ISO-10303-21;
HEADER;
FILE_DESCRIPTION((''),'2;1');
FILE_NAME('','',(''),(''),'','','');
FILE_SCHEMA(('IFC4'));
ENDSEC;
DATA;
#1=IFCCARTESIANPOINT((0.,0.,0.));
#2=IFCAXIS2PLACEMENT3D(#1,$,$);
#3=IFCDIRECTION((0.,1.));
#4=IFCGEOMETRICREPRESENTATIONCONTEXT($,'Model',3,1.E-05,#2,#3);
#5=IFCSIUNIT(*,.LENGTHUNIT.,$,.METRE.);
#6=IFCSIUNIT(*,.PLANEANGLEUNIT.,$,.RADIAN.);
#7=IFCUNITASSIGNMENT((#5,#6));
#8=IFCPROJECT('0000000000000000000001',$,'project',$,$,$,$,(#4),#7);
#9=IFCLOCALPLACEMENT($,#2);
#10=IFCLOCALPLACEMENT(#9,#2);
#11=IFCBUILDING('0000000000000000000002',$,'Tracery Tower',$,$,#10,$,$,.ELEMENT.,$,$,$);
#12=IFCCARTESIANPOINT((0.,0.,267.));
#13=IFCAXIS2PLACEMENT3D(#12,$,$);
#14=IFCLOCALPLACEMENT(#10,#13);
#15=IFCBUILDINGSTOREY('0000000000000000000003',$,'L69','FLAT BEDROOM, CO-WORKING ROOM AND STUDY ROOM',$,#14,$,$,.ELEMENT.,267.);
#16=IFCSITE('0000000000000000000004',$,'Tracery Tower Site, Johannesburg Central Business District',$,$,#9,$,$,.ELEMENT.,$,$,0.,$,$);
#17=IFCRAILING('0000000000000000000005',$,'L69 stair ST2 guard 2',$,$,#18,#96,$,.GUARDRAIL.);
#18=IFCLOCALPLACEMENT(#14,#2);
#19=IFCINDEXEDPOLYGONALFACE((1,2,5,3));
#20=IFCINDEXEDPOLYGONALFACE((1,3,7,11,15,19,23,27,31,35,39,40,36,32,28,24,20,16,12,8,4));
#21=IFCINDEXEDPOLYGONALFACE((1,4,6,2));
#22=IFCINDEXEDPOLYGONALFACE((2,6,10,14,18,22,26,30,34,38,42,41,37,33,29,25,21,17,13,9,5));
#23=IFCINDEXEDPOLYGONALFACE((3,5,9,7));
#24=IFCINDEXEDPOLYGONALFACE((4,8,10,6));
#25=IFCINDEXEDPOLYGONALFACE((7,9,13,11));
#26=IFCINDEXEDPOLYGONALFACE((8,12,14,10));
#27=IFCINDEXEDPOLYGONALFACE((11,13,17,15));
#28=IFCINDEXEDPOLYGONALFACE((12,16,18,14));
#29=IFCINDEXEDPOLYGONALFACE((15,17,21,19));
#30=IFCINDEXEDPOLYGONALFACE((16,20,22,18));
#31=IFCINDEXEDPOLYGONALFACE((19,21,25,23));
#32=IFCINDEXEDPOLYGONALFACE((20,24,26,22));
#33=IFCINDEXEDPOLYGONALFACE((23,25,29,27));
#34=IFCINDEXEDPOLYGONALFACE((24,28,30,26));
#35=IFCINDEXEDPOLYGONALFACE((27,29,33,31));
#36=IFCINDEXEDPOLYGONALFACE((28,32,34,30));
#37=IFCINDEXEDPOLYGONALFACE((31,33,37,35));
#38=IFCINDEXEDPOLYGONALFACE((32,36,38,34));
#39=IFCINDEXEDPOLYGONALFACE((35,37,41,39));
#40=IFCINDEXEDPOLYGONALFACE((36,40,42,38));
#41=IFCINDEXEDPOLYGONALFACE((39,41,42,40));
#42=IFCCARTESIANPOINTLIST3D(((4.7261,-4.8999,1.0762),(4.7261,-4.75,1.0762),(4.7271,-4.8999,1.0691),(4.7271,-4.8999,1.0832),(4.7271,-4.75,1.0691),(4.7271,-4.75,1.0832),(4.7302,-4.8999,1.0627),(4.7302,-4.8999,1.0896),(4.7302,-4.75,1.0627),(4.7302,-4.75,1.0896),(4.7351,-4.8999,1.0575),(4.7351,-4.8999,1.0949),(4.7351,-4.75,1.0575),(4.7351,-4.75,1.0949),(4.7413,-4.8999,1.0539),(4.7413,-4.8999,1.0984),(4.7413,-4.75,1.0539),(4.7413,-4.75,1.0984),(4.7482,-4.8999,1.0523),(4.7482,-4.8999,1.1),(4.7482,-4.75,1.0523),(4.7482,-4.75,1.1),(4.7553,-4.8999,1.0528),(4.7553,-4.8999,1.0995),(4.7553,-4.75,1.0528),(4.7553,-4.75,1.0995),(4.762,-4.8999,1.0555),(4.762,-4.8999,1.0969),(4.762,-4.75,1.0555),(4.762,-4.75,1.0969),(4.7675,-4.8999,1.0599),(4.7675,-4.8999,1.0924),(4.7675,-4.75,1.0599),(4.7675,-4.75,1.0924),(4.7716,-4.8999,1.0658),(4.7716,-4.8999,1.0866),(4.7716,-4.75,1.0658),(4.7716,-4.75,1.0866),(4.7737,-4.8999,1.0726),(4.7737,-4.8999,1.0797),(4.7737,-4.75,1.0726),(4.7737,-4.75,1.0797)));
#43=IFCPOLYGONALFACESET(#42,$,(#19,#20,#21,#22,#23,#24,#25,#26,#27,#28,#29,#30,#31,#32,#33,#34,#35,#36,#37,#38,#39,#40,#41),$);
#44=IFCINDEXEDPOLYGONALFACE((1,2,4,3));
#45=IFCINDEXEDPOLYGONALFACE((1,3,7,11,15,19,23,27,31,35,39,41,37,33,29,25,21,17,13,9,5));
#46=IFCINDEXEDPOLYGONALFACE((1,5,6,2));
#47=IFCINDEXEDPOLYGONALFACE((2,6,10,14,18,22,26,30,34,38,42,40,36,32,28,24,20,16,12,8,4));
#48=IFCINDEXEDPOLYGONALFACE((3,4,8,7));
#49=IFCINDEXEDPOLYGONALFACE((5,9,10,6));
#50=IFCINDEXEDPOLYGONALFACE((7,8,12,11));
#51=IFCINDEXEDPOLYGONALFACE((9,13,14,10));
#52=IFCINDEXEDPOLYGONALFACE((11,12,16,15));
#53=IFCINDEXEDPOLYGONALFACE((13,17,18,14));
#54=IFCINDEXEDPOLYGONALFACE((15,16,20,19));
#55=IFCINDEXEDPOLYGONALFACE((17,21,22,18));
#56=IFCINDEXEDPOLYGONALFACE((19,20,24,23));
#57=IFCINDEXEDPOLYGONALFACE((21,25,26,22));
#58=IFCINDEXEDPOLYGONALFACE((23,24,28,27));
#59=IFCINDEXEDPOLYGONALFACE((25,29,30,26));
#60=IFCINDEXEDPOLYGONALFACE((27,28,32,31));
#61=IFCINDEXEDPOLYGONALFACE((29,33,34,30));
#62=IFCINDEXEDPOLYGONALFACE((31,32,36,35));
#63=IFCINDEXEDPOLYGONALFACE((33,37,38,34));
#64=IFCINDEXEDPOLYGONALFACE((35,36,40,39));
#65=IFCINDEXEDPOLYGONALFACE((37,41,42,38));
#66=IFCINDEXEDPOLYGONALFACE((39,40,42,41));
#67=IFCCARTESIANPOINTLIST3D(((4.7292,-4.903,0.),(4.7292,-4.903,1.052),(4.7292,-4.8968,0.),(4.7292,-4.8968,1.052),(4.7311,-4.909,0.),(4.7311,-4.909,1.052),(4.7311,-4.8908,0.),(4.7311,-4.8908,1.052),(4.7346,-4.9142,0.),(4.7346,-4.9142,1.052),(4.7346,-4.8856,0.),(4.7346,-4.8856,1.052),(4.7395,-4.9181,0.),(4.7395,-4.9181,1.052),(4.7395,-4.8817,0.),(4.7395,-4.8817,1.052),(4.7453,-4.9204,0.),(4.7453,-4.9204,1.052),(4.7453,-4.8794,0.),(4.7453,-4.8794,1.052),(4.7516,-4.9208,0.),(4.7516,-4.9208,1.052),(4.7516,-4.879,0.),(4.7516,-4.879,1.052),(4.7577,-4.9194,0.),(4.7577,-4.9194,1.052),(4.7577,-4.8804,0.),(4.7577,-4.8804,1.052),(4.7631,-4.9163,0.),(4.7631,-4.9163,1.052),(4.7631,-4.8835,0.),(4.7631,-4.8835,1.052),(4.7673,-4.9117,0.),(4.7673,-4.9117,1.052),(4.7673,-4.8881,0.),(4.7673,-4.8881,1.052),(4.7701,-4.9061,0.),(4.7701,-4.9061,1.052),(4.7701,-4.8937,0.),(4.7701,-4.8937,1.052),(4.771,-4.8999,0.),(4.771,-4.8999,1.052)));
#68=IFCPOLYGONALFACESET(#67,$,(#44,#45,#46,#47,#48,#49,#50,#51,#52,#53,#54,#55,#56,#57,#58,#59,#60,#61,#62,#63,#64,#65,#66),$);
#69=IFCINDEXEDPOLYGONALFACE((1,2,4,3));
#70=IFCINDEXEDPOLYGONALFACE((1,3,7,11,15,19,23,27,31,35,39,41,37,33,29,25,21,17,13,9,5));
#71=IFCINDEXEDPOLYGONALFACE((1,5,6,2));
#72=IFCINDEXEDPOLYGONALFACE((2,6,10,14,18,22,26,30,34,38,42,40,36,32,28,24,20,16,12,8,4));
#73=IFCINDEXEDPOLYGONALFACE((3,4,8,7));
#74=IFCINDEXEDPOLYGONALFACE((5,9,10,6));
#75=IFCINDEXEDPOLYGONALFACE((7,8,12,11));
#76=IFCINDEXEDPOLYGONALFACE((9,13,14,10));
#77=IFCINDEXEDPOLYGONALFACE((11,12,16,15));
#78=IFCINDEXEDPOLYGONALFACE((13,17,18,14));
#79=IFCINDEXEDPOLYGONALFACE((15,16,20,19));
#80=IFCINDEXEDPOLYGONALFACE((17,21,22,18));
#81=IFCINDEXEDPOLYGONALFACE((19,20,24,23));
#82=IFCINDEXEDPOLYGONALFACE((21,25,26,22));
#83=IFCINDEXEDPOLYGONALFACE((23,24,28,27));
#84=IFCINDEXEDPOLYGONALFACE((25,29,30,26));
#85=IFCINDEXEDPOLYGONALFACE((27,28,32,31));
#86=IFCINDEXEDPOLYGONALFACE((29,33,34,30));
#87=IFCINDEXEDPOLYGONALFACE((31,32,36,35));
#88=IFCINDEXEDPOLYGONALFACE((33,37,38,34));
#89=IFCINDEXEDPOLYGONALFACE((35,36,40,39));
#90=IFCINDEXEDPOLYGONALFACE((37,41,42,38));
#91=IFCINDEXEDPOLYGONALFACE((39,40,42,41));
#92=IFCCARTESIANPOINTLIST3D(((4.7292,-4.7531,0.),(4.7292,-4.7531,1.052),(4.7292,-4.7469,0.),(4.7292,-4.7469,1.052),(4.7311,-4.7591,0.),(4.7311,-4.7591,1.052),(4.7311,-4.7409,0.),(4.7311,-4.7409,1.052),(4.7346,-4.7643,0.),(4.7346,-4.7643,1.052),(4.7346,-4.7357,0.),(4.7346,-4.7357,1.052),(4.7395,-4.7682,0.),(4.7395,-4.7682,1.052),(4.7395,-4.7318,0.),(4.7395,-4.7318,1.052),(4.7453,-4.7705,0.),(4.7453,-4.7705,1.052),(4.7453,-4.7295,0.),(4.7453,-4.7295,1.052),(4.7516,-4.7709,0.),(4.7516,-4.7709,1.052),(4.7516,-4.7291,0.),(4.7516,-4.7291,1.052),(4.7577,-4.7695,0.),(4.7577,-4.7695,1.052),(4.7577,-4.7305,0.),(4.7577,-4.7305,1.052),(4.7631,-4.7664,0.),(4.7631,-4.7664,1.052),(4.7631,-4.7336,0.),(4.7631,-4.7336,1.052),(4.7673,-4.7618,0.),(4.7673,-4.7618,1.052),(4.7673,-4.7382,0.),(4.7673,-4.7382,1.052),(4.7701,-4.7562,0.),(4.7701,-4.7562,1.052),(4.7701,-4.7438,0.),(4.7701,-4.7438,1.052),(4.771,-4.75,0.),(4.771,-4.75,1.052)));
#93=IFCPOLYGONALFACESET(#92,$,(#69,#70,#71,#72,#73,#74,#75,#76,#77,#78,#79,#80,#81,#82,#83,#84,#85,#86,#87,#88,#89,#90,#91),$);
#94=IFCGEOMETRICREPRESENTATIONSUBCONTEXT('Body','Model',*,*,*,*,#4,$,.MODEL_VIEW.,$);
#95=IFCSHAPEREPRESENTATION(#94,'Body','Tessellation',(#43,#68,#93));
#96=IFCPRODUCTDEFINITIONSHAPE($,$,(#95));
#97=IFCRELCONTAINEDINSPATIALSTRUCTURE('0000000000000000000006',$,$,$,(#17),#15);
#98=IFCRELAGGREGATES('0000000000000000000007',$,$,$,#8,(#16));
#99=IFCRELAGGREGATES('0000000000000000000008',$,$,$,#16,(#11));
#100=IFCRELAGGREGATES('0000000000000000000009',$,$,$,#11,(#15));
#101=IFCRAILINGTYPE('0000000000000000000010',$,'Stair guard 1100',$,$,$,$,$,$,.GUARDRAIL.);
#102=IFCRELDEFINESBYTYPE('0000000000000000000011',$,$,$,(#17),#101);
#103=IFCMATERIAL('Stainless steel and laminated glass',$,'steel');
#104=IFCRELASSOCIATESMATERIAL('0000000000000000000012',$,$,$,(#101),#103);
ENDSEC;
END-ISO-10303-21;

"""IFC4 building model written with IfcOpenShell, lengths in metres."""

from ifc_helpers import new_model, si_unit, direction, frame, origin, origin_2d, place, context, subcontext, project, spatial, circle, extrude, material, type_object, element, save


model = new_model("IFC4")

# Units and contexts
model_context = context("Model", 3, precision=1e-05, world=origin(), true_north=direction((0.0, 1.0)))
body_context = subcontext(model_context, "Body", "Model", "MODEL_VIEW")
ifc_project = project(units=[si_unit("LENGTHUNIT", "METRE"), si_unit("PLANEANGLEUNIT", "RADIAN")], contexts=[model_context])

# Site, building, storey
site_placement = place(None, origin())
site = spatial("IfcSite", under=ifc_project, at=site_placement, Name="Tracery Tower Site, Johannesburg Central Business District", CompositionType="ELEMENT", RefElevation=0.0)
building_placement = place(site_placement, origin())
building = spatial("IfcBuilding", under=site, at=building_placement, Name="Tracery Tower", CompositionType="ELEMENT")
storey_placement = place(building_placement, frame((0.0, 0.0, 267.0)))
storey = spatial("IfcBuildingStorey", under=building, at=storey_placement, Name="L69", Description="FLAT BEDROOM, CO-WORKING ROOM AND STUDY ROOM", CompositionType="ELEMENT", Elevation=267.0)

# Railing
ifc_material_1 = material(Name="Stainless steel and laminated glass", Category="steel")
railing_type_1 = type_object("IfcRailingType", Name="Stair guard 1100", PredefinedType="GUARDRAIL", material=ifc_material_1)
railing_1_placement = place(storey_placement, frame((4.75, -4.8999, 0.0)))
element("IfcRailing", 1, at=railing_1_placement, inside=storey, type_object=railing_type_1, Name="L69 stair ST2 guard 2", PredefinedType="GUARDRAIL", context=body_context, shape_type="SweptSolid", body=[
    extrude(circle(Radius=0.0239, at=origin_2d()), frame((0.0, 0.0, 1.0762), z_axis=(0.0, 1.0, 0.0), x_axis=(-1.0, 0.0, 0.0)), (0.0, 0.0, 1.0), 0.1499),
    extrude(circle(Radius=0.021, at=origin_2d()), origin(), (0.0, 0.0, 1.0), 1.052),
    extrude(circle(Radius=0.021, at=origin_2d()), frame((0.0, 0.1499, 0.0)), (0.0, 0.0, 1.0), 1.052),
])

save(model, "model.ifc")
